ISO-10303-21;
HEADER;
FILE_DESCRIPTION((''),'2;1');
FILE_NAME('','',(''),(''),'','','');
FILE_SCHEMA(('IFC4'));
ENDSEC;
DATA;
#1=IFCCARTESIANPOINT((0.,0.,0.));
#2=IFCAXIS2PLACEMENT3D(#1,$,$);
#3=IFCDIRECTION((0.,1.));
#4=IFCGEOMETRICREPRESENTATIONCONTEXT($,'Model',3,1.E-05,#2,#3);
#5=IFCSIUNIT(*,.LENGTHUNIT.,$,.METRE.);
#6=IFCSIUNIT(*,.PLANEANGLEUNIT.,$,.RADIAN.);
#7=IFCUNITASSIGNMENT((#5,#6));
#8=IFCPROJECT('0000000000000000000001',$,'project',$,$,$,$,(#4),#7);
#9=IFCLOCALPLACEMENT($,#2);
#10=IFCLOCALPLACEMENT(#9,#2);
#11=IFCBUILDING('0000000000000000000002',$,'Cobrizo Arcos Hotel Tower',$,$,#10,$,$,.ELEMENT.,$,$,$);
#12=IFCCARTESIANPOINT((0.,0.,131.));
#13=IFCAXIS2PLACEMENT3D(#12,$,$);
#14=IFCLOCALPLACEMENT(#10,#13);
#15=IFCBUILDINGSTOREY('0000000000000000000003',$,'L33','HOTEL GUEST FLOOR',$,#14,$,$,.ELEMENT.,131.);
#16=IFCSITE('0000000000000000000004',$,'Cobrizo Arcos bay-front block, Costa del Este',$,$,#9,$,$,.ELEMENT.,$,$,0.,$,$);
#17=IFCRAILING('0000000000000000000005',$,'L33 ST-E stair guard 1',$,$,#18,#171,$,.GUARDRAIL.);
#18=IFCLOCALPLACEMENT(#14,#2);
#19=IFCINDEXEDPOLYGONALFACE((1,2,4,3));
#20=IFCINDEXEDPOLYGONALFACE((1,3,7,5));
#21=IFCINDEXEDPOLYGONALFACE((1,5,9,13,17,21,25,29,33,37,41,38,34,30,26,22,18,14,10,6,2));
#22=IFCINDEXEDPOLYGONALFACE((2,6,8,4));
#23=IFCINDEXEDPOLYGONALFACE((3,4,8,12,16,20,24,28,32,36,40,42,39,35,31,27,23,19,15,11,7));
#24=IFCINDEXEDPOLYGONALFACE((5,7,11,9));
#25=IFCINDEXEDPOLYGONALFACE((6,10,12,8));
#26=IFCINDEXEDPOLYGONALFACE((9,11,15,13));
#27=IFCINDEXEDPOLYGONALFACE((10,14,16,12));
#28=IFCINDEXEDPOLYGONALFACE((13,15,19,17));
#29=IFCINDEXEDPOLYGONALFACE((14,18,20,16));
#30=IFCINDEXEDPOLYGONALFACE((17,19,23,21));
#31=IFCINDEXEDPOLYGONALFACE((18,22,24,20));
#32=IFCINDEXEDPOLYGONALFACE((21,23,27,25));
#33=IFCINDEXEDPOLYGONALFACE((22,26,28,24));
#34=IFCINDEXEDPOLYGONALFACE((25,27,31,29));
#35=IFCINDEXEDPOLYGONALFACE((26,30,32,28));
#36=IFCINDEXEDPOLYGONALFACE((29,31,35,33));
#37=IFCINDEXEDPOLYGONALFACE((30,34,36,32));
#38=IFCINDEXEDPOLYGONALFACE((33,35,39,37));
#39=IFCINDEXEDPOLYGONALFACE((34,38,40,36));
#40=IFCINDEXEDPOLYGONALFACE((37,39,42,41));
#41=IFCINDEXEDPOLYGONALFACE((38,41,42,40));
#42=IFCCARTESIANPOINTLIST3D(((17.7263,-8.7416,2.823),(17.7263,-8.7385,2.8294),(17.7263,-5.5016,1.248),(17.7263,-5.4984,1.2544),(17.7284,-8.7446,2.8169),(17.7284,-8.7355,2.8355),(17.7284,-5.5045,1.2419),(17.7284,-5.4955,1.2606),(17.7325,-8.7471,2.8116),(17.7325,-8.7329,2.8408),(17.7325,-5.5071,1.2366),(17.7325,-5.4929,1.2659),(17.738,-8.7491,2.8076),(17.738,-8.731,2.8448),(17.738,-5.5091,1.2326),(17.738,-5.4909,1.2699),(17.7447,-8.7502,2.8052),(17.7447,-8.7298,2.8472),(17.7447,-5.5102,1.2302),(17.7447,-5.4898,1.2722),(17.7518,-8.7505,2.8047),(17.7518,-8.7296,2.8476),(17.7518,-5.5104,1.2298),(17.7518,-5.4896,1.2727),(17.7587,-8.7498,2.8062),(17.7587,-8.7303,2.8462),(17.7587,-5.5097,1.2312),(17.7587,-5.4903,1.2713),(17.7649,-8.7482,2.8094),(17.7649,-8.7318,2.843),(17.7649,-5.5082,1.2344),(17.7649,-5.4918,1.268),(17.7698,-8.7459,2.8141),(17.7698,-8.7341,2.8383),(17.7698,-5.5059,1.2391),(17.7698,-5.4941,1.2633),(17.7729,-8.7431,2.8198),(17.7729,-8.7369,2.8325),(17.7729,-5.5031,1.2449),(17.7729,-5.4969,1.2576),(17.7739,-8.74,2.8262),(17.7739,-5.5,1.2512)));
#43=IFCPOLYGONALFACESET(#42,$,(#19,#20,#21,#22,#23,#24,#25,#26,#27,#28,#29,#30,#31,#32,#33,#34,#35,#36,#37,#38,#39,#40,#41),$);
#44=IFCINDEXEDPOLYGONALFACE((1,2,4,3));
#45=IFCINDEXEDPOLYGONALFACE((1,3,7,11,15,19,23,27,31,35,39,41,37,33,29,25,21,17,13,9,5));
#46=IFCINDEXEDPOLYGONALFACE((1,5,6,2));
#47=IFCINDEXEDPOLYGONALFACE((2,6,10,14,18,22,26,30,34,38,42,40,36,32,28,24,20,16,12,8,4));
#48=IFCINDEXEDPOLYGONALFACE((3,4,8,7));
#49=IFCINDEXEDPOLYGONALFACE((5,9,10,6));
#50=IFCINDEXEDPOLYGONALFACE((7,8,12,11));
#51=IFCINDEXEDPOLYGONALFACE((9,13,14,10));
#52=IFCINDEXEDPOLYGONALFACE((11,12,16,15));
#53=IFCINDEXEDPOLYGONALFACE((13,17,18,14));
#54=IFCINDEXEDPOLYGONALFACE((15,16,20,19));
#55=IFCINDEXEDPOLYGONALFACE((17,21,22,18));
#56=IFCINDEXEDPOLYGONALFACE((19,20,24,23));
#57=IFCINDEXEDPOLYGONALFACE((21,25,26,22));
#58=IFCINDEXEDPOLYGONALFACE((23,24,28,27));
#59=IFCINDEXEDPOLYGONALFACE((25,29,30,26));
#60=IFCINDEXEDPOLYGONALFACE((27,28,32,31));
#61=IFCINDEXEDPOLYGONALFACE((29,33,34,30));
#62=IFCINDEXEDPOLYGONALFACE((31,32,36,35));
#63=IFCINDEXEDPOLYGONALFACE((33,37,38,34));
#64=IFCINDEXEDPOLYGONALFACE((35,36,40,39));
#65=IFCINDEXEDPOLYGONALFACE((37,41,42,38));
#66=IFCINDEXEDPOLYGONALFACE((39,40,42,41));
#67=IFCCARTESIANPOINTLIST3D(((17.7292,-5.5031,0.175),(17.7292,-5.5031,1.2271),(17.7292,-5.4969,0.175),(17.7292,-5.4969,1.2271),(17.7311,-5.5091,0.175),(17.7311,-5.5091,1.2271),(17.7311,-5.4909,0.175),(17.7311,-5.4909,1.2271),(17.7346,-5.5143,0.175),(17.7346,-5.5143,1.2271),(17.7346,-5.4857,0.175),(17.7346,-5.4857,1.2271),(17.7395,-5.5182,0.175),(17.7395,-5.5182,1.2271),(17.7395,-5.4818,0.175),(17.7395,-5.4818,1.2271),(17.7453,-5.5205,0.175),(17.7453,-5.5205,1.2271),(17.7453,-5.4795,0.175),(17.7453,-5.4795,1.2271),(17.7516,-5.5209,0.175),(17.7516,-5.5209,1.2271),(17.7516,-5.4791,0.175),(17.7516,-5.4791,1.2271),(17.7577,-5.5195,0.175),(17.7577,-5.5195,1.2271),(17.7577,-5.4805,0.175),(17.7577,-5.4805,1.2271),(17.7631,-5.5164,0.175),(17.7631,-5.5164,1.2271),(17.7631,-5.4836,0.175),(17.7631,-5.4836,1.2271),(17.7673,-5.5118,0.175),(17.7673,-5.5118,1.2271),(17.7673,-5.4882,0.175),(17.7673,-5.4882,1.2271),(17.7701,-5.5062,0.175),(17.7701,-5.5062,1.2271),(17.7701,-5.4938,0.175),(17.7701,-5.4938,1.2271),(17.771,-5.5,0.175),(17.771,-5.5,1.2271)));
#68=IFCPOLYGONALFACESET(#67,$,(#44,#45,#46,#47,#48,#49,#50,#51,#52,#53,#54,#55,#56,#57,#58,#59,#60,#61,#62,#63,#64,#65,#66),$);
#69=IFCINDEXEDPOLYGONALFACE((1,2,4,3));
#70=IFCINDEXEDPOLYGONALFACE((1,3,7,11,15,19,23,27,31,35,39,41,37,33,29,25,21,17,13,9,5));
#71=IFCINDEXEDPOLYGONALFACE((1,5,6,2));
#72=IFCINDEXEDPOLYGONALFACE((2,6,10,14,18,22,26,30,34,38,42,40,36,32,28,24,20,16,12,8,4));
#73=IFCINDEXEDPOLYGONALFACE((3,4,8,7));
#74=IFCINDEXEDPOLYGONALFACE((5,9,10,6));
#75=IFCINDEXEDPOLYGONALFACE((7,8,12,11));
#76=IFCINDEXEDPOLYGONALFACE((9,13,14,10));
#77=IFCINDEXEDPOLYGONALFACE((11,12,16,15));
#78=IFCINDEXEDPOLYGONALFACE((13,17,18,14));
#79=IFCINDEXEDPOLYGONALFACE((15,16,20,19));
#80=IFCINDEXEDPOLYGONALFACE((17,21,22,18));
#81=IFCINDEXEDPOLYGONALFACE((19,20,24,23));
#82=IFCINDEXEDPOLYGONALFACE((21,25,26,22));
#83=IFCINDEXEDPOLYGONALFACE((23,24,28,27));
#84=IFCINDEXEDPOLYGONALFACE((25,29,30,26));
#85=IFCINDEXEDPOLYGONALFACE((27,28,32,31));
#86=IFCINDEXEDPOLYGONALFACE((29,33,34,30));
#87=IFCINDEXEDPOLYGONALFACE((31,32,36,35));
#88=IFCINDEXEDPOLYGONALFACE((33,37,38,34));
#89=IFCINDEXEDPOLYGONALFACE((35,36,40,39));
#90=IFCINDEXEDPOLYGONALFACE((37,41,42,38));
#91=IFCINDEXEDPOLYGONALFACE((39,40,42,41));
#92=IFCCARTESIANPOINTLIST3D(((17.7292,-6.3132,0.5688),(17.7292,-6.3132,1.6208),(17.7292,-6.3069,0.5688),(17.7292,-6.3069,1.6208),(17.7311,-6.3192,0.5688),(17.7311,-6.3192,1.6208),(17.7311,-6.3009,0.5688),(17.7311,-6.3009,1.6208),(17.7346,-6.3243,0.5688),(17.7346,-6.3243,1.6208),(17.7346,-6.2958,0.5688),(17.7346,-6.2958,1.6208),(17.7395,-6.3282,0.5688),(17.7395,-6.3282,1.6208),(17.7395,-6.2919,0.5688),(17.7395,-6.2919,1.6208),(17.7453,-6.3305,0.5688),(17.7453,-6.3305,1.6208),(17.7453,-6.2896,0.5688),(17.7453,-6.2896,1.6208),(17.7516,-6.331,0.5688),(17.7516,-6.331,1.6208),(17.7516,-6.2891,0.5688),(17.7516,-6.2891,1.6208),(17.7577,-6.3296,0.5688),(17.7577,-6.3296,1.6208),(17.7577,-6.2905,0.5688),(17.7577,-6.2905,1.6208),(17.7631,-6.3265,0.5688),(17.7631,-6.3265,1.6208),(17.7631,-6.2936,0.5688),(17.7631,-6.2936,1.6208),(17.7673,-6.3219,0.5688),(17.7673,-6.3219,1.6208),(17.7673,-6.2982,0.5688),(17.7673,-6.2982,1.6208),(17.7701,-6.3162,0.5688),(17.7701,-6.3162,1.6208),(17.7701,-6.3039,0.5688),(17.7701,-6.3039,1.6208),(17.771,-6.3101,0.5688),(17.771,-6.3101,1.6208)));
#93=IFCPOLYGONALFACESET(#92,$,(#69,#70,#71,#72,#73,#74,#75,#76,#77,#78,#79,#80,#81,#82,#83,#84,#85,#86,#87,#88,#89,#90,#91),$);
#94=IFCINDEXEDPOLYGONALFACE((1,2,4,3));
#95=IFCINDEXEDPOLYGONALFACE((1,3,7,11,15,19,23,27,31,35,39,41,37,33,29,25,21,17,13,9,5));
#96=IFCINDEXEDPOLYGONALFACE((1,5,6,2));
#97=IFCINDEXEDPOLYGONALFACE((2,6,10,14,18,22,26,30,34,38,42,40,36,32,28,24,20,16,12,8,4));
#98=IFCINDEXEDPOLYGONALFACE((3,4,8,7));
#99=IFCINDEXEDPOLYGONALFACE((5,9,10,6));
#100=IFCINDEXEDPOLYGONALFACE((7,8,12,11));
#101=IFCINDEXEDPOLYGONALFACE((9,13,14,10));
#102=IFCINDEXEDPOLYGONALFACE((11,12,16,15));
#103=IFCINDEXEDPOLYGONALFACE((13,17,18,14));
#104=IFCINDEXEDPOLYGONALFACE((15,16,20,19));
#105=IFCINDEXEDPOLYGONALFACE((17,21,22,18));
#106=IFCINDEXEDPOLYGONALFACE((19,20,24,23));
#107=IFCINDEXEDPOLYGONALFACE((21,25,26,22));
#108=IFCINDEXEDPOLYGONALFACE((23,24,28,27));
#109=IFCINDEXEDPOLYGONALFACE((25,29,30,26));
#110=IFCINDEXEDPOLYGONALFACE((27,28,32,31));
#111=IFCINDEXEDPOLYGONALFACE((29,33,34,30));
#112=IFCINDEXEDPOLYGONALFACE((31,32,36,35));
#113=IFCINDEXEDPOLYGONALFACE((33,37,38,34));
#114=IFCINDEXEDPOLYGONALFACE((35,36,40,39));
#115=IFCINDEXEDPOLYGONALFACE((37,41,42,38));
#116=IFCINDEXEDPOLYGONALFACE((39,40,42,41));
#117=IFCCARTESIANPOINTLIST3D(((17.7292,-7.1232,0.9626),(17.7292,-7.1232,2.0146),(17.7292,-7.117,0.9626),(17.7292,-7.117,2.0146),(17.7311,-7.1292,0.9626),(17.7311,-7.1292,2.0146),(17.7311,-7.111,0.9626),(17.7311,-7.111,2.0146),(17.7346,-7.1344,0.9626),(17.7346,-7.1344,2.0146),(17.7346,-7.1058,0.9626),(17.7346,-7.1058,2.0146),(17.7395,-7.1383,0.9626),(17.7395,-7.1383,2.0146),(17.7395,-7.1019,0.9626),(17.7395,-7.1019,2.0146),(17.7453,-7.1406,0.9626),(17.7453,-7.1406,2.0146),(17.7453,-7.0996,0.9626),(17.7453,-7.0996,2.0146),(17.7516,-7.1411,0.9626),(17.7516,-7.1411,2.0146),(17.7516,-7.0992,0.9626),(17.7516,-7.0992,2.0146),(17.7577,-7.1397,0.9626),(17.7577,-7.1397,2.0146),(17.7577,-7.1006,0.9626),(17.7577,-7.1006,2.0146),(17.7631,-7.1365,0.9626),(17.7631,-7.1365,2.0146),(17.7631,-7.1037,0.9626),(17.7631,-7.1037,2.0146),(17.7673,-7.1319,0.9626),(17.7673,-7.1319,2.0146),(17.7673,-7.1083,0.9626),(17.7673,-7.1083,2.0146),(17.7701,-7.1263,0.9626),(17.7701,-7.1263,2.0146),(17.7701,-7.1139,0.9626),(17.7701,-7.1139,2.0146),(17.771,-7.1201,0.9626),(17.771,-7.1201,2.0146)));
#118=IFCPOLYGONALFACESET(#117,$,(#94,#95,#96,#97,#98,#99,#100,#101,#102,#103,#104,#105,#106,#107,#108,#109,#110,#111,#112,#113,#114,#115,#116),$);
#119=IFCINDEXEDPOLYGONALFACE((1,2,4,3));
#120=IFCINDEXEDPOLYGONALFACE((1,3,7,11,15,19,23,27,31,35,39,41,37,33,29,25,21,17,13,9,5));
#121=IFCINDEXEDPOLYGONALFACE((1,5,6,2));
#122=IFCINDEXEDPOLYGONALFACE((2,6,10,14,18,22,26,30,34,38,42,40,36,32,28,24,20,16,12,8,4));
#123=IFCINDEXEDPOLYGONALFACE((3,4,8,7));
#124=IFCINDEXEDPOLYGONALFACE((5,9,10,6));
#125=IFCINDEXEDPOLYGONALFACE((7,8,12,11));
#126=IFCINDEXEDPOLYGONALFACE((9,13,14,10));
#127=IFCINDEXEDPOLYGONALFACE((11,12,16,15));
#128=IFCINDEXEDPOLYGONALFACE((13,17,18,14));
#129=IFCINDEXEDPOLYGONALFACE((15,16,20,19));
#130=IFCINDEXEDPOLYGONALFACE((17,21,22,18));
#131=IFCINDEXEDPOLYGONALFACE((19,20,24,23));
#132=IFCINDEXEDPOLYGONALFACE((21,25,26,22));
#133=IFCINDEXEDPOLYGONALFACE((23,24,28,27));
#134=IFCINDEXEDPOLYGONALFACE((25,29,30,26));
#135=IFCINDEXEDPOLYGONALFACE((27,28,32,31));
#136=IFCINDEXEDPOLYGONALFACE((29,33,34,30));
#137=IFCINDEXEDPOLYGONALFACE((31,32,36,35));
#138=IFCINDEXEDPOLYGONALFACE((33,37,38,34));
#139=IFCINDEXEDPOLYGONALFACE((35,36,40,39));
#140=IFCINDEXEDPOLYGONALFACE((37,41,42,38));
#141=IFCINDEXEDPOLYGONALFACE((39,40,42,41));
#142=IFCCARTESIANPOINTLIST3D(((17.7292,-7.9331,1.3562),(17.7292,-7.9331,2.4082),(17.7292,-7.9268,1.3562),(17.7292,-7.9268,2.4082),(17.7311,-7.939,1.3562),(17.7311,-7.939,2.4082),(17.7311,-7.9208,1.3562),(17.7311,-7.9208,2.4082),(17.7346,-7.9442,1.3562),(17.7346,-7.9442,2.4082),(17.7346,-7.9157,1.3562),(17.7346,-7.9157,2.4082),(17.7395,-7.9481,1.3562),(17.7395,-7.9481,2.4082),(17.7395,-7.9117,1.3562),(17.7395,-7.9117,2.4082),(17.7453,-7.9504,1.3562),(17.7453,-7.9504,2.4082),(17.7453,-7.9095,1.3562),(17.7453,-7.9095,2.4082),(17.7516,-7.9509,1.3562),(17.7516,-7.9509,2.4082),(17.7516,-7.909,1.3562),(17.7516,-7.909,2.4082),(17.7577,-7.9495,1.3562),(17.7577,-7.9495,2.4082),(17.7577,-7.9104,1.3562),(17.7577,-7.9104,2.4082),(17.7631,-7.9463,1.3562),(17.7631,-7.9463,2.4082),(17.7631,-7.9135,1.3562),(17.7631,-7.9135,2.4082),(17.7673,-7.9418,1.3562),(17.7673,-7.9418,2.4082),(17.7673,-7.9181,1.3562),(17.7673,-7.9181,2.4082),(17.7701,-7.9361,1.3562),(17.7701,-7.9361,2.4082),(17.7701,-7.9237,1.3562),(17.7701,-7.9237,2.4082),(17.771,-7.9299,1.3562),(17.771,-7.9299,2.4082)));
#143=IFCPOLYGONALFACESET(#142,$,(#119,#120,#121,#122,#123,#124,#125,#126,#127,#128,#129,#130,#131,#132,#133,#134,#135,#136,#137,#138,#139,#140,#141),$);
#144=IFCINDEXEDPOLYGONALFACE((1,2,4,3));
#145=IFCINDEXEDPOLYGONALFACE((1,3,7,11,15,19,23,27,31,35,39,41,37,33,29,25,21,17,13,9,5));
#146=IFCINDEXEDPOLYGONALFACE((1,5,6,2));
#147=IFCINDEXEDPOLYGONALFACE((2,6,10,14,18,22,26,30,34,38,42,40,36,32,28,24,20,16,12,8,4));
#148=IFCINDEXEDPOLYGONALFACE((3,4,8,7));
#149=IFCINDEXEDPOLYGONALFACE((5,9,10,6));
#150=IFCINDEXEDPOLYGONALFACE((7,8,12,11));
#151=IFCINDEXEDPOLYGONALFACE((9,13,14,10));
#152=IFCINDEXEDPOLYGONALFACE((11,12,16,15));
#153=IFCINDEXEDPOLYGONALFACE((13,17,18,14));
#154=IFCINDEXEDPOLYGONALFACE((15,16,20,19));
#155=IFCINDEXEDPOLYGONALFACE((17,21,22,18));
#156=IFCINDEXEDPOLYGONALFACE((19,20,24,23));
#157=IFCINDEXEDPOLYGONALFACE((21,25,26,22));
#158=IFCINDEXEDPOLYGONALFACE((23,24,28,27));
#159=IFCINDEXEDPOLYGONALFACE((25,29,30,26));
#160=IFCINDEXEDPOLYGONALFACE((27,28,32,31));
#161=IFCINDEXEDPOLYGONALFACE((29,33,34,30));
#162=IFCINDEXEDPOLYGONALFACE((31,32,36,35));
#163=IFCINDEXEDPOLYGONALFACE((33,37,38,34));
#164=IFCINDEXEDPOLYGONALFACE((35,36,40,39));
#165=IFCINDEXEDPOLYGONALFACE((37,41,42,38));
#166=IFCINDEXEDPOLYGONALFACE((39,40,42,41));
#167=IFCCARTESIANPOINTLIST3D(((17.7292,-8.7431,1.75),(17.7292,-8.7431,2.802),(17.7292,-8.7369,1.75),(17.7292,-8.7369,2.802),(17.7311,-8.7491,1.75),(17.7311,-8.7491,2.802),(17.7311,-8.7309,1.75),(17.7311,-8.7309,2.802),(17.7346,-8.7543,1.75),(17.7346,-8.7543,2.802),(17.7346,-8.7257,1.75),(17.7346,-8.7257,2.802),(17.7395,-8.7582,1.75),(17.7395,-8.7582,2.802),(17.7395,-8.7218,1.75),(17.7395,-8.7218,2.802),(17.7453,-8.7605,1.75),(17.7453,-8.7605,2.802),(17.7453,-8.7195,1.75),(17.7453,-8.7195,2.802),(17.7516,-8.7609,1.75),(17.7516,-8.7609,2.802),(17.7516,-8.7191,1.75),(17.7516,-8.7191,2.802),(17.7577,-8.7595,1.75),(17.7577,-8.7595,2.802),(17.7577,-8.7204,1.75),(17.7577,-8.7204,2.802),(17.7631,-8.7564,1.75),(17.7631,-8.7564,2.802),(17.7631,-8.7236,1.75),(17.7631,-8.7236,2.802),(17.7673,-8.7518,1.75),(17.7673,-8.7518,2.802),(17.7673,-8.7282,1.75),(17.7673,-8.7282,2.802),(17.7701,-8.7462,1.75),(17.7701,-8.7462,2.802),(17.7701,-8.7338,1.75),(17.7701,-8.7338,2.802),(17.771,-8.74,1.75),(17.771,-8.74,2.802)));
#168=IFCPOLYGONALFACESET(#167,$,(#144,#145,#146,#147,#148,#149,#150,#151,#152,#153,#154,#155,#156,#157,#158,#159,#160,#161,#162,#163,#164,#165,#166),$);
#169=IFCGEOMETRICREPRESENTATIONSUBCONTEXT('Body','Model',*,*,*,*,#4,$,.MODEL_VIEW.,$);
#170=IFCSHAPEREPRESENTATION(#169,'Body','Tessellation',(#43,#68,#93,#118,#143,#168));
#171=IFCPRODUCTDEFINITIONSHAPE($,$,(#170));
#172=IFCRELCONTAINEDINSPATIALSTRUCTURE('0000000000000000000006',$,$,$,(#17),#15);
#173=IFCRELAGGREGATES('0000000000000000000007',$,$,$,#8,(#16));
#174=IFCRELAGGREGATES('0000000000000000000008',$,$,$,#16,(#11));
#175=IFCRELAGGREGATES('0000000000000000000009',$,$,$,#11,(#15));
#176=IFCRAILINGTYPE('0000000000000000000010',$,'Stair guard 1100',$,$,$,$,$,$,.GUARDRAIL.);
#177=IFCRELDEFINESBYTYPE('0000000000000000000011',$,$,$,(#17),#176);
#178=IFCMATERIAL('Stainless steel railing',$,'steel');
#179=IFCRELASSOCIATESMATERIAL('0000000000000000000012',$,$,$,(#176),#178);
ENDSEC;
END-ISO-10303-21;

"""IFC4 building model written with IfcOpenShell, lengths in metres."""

from ifc_helpers import new_model, si_unit, direction, frame, origin, origin_2d, place, context, subcontext, project, spatial, circle, extrude, material, type_object, element, save


model = new_model("IFC4")

# Units and contexts
model_context = context("Model", 3, precision=1e-05, world=origin(), true_north=direction((0.0, 1.0)))
body_context = subcontext(model_context, "Body", "Model", "MODEL_VIEW")
ifc_project = project(units=[si_unit("LENGTHUNIT", "METRE"), si_unit("PLANEANGLEUNIT", "RADIAN")], contexts=[model_context])

# Site, building, storey
site_placement = place(None, origin())
site = spatial("IfcSite", under=ifc_project, at=site_placement, Name="Cobrizo Arcos bay-front block, Costa del Este", CompositionType="ELEMENT", RefElevation=0.0)
building_placement = place(site_placement, origin())
building = spatial("IfcBuilding", under=site, at=building_placement, Name="Cobrizo Arcos Hotel Tower", CompositionType="ELEMENT")
storey_placement = place(building_placement, frame((0.0, 0.0, 131.0)))
storey = spatial("IfcBuildingStorey", under=building, at=storey_placement, Name="L33", Description="HOTEL GUEST FLOOR", CompositionType="ELEMENT", Elevation=131.0)

# Railing
ifc_material_1 = material(Name="Stainless steel railing", Category="steel")
railing_type_1 = type_object("IfcRailingType", Name="Stair guard 1100", PredefinedType="GUARDRAIL", material=ifc_material_1)
railing_1_placement = place(storey_placement, frame((17.75, -5.5, 0.175)))
element("IfcRailing", 1, at=railing_1_placement, inside=storey, type_object=railing_type_1, Name="L33 ST-E stair guard 1", PredefinedType="GUARDRAIL", context=body_context, shape_type="SweptSolid", body=[
    extrude(circle(Radius=0.0239, at=origin_2d()), frame((0.0, 0.0, 1.0762), z_axis=(0.0, -0.899373, 0.437183), x_axis=(1.0, 0.0, 0.0)), (0.0, 0.0, 1.0), 3.6025),
    extrude(circle(Radius=0.021, at=origin_2d()), origin(), (0.0, 0.0, 1.0), 1.052),
    extrude(circle(Radius=0.021, at=origin_2d()), frame((0.0, -0.8101, 0.3938)), (0.0, 0.0, 1.0), 1.052),
    extrude(circle(Radius=0.021, at=origin_2d()), frame((0.0, -1.6201, 0.7876)), (0.0, 0.0, 1.0), 1.052),
    extrude(circle(Radius=0.021, at=origin_2d()), frame((0.0, -2.4299, 1.1812)), (0.0, 0.0, 1.0), 1.052),
    extrude(circle(Radius=0.021, at=origin_2d()), frame((0.0, -3.24, 1.575)), (0.0, 0.0, 1.0), 1.052),
])

save(model, "model.ifc")
